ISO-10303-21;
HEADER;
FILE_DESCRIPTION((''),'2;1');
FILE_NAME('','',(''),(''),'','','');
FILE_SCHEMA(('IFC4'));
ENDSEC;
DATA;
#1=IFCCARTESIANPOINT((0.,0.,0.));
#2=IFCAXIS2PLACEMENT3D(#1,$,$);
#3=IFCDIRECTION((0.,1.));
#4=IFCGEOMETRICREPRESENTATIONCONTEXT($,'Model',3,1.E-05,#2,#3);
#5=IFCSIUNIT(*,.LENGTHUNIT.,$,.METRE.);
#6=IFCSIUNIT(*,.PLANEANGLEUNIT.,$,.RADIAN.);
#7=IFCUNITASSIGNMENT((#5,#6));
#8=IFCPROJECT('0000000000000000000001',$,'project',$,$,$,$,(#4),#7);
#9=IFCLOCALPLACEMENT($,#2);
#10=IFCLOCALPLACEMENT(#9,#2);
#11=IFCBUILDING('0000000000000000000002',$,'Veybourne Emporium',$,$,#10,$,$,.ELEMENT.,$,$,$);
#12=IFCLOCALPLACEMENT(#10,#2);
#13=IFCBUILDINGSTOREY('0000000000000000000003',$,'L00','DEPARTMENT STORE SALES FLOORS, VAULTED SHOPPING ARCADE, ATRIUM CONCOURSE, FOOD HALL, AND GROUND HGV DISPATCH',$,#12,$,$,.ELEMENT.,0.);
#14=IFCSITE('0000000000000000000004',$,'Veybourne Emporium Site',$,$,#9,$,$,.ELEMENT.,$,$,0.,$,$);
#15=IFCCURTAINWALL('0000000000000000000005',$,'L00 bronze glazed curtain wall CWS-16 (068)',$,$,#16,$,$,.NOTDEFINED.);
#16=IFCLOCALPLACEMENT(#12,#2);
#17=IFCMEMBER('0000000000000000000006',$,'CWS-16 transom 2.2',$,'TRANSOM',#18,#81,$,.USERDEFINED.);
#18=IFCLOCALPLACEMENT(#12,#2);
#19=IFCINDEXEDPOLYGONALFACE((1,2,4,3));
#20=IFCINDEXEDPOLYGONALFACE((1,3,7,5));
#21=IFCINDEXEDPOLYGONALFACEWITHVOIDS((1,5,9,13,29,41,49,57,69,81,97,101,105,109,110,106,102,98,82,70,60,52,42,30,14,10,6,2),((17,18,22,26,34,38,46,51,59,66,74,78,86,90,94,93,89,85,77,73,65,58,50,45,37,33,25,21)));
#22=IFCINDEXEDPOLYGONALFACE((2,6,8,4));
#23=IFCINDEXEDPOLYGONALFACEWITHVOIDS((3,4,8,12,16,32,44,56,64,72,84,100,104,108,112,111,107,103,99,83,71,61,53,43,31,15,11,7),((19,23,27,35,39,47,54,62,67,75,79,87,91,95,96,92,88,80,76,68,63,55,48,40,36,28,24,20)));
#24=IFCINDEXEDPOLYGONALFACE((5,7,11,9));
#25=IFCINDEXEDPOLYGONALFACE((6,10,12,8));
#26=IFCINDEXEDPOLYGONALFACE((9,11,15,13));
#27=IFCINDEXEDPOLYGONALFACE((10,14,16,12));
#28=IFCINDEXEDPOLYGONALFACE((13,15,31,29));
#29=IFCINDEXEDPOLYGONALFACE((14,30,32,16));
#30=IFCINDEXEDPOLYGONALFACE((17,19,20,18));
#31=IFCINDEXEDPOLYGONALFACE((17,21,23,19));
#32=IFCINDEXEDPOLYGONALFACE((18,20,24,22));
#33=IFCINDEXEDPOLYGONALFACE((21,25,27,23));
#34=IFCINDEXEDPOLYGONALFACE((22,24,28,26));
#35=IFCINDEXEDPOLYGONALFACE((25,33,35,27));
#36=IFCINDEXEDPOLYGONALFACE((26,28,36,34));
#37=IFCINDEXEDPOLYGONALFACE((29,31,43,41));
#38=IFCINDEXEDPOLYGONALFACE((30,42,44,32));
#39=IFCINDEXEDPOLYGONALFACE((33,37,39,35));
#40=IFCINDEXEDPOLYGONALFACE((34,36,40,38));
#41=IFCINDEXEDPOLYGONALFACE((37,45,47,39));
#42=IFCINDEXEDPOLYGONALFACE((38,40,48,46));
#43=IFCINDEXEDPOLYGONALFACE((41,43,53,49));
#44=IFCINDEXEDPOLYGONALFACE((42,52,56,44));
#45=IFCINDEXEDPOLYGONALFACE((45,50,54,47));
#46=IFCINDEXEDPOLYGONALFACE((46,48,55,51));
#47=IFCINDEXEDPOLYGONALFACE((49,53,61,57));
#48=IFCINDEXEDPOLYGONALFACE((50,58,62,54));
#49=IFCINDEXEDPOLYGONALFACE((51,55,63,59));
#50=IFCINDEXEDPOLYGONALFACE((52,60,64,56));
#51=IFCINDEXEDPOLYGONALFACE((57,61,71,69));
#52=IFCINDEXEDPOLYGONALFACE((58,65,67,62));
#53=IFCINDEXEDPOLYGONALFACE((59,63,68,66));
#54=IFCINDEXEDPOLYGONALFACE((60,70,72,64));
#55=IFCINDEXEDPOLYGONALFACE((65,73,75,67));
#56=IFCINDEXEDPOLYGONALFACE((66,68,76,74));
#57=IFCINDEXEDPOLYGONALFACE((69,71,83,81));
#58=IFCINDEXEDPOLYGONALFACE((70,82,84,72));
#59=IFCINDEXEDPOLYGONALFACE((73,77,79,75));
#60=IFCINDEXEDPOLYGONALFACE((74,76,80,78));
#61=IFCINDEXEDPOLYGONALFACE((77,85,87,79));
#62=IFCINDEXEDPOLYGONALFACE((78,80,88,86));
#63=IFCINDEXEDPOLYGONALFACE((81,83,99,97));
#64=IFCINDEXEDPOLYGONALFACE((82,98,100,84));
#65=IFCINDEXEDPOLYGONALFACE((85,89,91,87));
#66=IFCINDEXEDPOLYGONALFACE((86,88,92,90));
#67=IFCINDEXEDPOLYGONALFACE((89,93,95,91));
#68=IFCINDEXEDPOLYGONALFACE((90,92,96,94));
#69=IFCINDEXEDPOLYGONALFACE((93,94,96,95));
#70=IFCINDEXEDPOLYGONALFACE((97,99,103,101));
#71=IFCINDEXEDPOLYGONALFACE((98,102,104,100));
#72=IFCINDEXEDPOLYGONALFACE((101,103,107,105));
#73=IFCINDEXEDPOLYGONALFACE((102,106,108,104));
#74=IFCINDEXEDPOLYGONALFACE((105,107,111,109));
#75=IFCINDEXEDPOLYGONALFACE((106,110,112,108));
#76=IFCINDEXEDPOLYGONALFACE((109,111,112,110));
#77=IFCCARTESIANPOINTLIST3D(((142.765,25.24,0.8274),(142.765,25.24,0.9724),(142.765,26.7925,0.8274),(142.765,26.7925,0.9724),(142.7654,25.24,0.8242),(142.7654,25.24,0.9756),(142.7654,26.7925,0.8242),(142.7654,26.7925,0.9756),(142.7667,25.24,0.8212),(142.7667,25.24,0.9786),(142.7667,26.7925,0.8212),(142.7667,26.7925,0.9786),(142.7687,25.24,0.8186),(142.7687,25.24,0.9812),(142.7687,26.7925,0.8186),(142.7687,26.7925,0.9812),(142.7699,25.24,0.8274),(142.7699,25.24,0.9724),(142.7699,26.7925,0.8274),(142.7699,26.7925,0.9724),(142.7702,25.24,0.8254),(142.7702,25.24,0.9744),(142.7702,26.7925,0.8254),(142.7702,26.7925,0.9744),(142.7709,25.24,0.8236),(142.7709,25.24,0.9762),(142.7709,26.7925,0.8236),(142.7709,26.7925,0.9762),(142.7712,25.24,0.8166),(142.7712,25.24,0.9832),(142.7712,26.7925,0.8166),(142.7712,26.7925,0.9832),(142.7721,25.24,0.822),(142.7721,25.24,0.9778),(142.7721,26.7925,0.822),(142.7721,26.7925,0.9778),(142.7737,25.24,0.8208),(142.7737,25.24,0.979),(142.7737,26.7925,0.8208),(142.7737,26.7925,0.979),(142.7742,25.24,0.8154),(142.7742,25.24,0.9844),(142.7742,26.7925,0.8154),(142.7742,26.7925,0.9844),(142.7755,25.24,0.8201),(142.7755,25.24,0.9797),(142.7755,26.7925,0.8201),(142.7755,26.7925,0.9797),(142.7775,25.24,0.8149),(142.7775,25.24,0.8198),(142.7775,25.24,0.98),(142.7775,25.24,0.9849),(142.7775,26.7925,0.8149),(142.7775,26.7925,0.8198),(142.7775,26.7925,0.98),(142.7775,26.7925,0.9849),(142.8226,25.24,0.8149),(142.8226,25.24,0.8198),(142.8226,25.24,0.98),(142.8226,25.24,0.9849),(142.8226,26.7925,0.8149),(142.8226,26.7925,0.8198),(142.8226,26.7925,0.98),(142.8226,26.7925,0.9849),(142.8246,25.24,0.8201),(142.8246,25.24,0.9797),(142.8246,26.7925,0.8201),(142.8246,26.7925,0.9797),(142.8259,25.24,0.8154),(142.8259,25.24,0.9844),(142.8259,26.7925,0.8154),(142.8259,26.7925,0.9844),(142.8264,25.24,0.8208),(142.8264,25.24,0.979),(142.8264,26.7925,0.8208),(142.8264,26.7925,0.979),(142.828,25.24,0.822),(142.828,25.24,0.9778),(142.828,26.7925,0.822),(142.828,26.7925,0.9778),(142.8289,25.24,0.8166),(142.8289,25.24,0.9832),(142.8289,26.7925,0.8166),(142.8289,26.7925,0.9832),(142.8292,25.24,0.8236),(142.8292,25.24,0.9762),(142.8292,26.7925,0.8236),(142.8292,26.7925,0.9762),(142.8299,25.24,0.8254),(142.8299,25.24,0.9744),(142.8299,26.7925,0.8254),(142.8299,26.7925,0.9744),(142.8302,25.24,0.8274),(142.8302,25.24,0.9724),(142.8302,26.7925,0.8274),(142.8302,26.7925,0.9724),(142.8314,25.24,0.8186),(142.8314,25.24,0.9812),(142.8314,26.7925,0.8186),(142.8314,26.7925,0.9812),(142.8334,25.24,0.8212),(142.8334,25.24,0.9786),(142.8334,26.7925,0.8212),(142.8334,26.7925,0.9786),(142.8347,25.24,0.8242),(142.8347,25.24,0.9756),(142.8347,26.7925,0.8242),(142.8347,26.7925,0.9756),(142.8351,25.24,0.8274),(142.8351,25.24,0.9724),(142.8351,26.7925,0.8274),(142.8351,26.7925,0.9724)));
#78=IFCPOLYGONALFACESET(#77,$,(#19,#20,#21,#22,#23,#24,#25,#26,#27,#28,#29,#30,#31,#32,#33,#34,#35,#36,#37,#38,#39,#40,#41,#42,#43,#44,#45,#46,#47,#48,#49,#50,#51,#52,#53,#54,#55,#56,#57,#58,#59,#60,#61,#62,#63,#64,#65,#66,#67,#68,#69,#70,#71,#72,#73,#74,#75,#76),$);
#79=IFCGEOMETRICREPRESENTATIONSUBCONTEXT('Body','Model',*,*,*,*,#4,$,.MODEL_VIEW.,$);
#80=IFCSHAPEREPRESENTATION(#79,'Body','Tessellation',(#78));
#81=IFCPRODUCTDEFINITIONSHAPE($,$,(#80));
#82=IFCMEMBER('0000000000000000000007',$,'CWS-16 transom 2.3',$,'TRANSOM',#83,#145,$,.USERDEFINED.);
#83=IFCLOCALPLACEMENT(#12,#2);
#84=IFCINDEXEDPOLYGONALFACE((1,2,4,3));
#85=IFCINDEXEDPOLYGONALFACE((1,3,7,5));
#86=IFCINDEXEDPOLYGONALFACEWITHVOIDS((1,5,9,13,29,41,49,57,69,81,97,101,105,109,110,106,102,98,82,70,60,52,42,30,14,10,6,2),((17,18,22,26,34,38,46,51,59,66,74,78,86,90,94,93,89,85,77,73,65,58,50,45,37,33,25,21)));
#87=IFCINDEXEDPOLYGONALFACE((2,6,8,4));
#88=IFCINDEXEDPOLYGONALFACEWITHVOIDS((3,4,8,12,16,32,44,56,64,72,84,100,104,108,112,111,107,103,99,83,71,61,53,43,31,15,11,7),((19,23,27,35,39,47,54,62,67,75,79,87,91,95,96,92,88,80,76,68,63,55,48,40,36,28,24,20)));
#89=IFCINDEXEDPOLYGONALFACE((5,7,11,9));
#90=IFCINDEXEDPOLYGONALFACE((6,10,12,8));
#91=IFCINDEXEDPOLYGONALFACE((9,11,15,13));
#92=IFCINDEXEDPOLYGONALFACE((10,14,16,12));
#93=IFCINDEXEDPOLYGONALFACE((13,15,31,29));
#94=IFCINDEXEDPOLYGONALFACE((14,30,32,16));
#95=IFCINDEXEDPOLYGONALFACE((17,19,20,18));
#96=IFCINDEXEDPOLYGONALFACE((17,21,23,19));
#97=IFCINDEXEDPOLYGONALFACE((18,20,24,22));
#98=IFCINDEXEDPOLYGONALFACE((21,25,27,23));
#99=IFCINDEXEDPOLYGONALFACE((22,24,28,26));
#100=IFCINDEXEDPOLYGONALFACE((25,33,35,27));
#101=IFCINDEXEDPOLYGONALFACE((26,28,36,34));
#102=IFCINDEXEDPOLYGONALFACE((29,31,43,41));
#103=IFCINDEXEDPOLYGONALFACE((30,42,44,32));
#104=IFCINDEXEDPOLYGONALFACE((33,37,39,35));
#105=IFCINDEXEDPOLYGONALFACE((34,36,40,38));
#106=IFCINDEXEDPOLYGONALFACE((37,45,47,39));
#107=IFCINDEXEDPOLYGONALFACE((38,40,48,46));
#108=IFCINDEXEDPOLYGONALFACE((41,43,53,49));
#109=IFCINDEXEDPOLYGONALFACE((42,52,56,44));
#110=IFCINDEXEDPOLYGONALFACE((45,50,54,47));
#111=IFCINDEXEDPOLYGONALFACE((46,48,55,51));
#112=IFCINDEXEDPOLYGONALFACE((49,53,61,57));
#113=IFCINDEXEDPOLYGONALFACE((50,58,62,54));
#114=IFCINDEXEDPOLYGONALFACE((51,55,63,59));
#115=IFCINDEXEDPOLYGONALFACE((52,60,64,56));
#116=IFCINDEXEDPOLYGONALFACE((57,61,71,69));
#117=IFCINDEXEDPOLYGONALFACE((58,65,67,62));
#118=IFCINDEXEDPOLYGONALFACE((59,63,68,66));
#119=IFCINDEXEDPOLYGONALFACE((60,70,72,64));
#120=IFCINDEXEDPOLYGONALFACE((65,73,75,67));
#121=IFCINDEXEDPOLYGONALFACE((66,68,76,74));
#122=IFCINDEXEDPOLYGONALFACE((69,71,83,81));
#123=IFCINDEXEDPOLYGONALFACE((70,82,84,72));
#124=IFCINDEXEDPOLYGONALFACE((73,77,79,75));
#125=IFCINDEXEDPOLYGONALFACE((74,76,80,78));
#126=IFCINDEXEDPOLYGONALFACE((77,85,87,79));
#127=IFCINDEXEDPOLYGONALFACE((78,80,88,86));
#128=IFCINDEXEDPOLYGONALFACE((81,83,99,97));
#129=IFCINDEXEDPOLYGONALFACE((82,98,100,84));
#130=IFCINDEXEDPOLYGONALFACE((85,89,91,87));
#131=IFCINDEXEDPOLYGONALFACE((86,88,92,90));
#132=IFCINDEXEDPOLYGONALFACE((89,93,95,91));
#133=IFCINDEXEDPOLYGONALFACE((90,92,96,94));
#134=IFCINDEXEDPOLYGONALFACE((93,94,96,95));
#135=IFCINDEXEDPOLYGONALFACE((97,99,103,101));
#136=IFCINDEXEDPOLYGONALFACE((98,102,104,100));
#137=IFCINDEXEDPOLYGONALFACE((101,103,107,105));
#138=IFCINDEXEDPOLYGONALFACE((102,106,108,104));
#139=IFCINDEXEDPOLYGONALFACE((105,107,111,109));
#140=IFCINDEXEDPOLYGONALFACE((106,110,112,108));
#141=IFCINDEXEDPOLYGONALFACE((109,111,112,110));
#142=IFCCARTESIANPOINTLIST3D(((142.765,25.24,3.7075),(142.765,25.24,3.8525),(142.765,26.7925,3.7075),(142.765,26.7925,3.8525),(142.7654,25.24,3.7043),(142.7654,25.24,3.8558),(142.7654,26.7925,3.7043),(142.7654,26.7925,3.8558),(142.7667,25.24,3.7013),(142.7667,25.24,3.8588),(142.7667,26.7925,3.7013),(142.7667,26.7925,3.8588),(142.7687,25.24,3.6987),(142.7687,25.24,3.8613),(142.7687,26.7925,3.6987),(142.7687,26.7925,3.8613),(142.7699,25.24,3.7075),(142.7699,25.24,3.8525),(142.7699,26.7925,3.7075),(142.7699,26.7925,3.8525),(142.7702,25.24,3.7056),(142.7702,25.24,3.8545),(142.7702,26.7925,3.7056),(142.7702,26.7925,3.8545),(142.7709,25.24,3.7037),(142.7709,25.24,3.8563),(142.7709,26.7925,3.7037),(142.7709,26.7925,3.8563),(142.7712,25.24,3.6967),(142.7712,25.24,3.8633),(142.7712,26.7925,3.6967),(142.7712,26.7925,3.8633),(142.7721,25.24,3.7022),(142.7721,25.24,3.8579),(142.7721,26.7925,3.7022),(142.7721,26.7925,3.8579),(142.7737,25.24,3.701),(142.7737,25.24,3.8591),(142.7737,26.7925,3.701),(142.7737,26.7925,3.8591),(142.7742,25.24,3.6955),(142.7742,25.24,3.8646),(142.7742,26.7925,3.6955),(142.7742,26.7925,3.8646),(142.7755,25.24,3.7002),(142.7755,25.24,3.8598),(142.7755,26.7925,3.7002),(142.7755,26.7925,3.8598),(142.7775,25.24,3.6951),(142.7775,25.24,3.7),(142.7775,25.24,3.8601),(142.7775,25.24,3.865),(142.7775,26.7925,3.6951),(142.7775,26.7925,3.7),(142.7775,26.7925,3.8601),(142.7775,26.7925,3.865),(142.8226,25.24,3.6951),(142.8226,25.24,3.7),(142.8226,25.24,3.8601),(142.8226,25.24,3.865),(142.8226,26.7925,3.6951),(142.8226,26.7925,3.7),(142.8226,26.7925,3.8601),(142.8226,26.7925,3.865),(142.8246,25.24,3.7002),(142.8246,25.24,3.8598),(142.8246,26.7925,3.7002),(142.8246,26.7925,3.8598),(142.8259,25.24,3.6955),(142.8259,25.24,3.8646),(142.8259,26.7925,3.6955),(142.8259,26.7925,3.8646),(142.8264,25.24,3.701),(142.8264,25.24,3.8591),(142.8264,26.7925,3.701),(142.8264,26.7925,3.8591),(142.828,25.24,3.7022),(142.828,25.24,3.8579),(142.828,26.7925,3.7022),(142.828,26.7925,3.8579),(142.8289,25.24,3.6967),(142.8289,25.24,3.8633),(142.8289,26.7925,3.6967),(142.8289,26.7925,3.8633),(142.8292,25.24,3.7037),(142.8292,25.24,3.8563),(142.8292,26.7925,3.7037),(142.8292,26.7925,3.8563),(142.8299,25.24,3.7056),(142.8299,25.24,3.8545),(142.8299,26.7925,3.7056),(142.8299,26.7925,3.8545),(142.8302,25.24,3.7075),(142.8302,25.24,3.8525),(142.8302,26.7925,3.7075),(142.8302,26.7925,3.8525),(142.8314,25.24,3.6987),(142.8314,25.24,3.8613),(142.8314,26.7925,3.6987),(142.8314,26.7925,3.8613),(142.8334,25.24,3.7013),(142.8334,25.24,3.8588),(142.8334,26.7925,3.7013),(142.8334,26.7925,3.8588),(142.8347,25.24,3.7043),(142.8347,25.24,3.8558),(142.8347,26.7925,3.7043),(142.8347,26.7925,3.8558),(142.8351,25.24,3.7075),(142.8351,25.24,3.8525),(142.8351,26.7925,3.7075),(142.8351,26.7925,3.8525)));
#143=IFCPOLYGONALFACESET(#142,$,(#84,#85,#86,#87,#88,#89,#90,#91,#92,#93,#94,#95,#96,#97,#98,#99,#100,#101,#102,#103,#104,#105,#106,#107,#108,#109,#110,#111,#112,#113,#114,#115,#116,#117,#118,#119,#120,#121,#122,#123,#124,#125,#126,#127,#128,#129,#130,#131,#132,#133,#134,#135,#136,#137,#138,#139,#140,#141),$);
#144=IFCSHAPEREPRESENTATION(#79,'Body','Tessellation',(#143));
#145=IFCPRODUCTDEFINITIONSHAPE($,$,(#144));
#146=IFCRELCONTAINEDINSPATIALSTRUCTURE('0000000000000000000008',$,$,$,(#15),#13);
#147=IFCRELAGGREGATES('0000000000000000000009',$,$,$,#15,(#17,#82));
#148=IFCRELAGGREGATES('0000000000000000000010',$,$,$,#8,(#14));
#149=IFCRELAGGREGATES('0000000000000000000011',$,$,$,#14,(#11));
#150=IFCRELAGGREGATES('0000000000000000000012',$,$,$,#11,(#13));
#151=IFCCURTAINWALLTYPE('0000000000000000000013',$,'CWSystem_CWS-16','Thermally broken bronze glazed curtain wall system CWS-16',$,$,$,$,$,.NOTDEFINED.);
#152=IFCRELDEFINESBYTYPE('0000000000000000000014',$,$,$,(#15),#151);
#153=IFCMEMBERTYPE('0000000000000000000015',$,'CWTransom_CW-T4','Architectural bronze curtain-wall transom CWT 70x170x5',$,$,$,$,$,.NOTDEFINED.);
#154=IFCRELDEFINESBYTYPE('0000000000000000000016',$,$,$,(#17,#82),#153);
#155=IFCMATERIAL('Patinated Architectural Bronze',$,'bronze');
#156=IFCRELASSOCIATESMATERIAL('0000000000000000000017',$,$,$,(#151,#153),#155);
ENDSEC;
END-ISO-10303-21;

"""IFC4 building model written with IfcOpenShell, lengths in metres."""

from ifc_helpers import new_model, si_unit, direction, frame, origin, origin_2d, place, context, subcontext, project, spatial, hollow_rectangle, extrude, material, material_profile, profile_set, type_object, element, aggregate, save


model = new_model("IFC4")

# Units and contexts
model_context = context("Model", 3, precision=1e-05, world=origin(), true_north=direction((0.0, 1.0)))
body_context = subcontext(model_context, "Body", "Model", "MODEL_VIEW")
ifc_project = project(units=[si_unit("LENGTHUNIT", "METRE"), si_unit("PLANEANGLEUNIT", "RADIAN")], contexts=[model_context])

# Site, building, storey
site_placement = place(None, origin())
site = spatial("IfcSite", under=ifc_project, at=site_placement, Name="Veybourne Emporium Site", CompositionType="ELEMENT", RefElevation=0.0)
building_placement = place(site_placement, origin())
building = spatial("IfcBuilding", under=site, at=building_placement, Name="Veybourne Emporium", CompositionType="ELEMENT")
storey_placement = place(building_placement, origin())
storey = spatial("IfcBuildingStorey", under=building, at=storey_placement, Name="L00", Description="DEPARTMENT STORE SALES FLOORS, VAULTED SHOPPING ARCADE, ATRIUM CONCOURSE, FOOD HALL, AND GROUND HGV DISPATCH", CompositionType="ELEMENT", Elevation=0.0)

# Curtain wall, members
ifc_material_1 = material(Name="Patinated Architectural Bronze", Category="bronze")
curtain_wall_type = type_object("IfcCurtainWallType", Name="CWSystem_CWS-16", Description="Thermally broken bronze glazed curtain wall system CWS-16", PredefinedType="NOTDEFINED", material=ifc_material_1)
curtain_wall_placement = place(storey_placement, origin())
curtain_wall = element("IfcCurtainWall", 1, at=curtain_wall_placement, inside=storey, type_object=curtain_wall_type, Name="L00 bronze glazed curtain wall CWS-16 (068)", PredefinedType="NOTDEFINED")
ifc_material_profile_1 = material_profile(ifc_material_1, hollow_rectangle(XDim=0.0701, YDim=0.1699, WallThickness=0.0049, InnerFilletRadius=0.0076, OuterFilletRadius=0.0125, at=origin_2d()), Name="CWT 70x170x5")
ifc_profile_set_1 = profile_set([ifc_material_profile_1], Name="Patinated Architectural Bronze")
member_type_1 = type_object("IfcMemberType", Name="CWTransom_CW-T4", Description="Architectural bronze curtain-wall transom CWT 70x170x5", PredefinedType="NOTDEFINED", material=ifc_profile_set_1)
member_1_placement = place(storey_placement, frame((142.8, 26.7925, 0.8999), z_axis=(0.0, -1.0, 0.0), x_axis=(1.0, 0.0, 0.0)))
member_1 = element("IfcMember", 2, at=member_1_placement, type_object=member_type_1, Name="CWS-16 transom 2.2", ObjectType="TRANSOM", PredefinedType="USERDEFINED", context=body_context, shape_type="SweptSolid", body=[
    extrude(hollow_rectangle(XDim=0.0701, YDim=0.1699, WallThickness=0.0049, InnerFilletRadius=0.0076, OuterFilletRadius=0.0125, at=origin_2d()), origin(), (0.0, 0.0, 1.0), 1.5525),
])
member_2_placement = place(storey_placement, frame((142.8, 26.7925, 3.78), z_axis=(0.0, -1.0, 0.0), x_axis=(1.0, 0.0, 0.0)))
member_2 = element("IfcMember", 3, at=member_2_placement, type_object=member_type_1, Name="CWS-16 transom 2.3", ObjectType="TRANSOM", PredefinedType="USERDEFINED", context=body_context, shape_type="SweptSolid", body=[
    extrude(hollow_rectangle(XDim=0.0701, YDim=0.1699, WallThickness=0.0049, InnerFilletRadius=0.0076, OuterFilletRadius=0.0125, at=origin_2d()), origin(), (0.0, 0.0, 1.0), 1.5525),
])

aggregate(curtain_wall, [member_1, member_2])

save(model, "model.ifc")
